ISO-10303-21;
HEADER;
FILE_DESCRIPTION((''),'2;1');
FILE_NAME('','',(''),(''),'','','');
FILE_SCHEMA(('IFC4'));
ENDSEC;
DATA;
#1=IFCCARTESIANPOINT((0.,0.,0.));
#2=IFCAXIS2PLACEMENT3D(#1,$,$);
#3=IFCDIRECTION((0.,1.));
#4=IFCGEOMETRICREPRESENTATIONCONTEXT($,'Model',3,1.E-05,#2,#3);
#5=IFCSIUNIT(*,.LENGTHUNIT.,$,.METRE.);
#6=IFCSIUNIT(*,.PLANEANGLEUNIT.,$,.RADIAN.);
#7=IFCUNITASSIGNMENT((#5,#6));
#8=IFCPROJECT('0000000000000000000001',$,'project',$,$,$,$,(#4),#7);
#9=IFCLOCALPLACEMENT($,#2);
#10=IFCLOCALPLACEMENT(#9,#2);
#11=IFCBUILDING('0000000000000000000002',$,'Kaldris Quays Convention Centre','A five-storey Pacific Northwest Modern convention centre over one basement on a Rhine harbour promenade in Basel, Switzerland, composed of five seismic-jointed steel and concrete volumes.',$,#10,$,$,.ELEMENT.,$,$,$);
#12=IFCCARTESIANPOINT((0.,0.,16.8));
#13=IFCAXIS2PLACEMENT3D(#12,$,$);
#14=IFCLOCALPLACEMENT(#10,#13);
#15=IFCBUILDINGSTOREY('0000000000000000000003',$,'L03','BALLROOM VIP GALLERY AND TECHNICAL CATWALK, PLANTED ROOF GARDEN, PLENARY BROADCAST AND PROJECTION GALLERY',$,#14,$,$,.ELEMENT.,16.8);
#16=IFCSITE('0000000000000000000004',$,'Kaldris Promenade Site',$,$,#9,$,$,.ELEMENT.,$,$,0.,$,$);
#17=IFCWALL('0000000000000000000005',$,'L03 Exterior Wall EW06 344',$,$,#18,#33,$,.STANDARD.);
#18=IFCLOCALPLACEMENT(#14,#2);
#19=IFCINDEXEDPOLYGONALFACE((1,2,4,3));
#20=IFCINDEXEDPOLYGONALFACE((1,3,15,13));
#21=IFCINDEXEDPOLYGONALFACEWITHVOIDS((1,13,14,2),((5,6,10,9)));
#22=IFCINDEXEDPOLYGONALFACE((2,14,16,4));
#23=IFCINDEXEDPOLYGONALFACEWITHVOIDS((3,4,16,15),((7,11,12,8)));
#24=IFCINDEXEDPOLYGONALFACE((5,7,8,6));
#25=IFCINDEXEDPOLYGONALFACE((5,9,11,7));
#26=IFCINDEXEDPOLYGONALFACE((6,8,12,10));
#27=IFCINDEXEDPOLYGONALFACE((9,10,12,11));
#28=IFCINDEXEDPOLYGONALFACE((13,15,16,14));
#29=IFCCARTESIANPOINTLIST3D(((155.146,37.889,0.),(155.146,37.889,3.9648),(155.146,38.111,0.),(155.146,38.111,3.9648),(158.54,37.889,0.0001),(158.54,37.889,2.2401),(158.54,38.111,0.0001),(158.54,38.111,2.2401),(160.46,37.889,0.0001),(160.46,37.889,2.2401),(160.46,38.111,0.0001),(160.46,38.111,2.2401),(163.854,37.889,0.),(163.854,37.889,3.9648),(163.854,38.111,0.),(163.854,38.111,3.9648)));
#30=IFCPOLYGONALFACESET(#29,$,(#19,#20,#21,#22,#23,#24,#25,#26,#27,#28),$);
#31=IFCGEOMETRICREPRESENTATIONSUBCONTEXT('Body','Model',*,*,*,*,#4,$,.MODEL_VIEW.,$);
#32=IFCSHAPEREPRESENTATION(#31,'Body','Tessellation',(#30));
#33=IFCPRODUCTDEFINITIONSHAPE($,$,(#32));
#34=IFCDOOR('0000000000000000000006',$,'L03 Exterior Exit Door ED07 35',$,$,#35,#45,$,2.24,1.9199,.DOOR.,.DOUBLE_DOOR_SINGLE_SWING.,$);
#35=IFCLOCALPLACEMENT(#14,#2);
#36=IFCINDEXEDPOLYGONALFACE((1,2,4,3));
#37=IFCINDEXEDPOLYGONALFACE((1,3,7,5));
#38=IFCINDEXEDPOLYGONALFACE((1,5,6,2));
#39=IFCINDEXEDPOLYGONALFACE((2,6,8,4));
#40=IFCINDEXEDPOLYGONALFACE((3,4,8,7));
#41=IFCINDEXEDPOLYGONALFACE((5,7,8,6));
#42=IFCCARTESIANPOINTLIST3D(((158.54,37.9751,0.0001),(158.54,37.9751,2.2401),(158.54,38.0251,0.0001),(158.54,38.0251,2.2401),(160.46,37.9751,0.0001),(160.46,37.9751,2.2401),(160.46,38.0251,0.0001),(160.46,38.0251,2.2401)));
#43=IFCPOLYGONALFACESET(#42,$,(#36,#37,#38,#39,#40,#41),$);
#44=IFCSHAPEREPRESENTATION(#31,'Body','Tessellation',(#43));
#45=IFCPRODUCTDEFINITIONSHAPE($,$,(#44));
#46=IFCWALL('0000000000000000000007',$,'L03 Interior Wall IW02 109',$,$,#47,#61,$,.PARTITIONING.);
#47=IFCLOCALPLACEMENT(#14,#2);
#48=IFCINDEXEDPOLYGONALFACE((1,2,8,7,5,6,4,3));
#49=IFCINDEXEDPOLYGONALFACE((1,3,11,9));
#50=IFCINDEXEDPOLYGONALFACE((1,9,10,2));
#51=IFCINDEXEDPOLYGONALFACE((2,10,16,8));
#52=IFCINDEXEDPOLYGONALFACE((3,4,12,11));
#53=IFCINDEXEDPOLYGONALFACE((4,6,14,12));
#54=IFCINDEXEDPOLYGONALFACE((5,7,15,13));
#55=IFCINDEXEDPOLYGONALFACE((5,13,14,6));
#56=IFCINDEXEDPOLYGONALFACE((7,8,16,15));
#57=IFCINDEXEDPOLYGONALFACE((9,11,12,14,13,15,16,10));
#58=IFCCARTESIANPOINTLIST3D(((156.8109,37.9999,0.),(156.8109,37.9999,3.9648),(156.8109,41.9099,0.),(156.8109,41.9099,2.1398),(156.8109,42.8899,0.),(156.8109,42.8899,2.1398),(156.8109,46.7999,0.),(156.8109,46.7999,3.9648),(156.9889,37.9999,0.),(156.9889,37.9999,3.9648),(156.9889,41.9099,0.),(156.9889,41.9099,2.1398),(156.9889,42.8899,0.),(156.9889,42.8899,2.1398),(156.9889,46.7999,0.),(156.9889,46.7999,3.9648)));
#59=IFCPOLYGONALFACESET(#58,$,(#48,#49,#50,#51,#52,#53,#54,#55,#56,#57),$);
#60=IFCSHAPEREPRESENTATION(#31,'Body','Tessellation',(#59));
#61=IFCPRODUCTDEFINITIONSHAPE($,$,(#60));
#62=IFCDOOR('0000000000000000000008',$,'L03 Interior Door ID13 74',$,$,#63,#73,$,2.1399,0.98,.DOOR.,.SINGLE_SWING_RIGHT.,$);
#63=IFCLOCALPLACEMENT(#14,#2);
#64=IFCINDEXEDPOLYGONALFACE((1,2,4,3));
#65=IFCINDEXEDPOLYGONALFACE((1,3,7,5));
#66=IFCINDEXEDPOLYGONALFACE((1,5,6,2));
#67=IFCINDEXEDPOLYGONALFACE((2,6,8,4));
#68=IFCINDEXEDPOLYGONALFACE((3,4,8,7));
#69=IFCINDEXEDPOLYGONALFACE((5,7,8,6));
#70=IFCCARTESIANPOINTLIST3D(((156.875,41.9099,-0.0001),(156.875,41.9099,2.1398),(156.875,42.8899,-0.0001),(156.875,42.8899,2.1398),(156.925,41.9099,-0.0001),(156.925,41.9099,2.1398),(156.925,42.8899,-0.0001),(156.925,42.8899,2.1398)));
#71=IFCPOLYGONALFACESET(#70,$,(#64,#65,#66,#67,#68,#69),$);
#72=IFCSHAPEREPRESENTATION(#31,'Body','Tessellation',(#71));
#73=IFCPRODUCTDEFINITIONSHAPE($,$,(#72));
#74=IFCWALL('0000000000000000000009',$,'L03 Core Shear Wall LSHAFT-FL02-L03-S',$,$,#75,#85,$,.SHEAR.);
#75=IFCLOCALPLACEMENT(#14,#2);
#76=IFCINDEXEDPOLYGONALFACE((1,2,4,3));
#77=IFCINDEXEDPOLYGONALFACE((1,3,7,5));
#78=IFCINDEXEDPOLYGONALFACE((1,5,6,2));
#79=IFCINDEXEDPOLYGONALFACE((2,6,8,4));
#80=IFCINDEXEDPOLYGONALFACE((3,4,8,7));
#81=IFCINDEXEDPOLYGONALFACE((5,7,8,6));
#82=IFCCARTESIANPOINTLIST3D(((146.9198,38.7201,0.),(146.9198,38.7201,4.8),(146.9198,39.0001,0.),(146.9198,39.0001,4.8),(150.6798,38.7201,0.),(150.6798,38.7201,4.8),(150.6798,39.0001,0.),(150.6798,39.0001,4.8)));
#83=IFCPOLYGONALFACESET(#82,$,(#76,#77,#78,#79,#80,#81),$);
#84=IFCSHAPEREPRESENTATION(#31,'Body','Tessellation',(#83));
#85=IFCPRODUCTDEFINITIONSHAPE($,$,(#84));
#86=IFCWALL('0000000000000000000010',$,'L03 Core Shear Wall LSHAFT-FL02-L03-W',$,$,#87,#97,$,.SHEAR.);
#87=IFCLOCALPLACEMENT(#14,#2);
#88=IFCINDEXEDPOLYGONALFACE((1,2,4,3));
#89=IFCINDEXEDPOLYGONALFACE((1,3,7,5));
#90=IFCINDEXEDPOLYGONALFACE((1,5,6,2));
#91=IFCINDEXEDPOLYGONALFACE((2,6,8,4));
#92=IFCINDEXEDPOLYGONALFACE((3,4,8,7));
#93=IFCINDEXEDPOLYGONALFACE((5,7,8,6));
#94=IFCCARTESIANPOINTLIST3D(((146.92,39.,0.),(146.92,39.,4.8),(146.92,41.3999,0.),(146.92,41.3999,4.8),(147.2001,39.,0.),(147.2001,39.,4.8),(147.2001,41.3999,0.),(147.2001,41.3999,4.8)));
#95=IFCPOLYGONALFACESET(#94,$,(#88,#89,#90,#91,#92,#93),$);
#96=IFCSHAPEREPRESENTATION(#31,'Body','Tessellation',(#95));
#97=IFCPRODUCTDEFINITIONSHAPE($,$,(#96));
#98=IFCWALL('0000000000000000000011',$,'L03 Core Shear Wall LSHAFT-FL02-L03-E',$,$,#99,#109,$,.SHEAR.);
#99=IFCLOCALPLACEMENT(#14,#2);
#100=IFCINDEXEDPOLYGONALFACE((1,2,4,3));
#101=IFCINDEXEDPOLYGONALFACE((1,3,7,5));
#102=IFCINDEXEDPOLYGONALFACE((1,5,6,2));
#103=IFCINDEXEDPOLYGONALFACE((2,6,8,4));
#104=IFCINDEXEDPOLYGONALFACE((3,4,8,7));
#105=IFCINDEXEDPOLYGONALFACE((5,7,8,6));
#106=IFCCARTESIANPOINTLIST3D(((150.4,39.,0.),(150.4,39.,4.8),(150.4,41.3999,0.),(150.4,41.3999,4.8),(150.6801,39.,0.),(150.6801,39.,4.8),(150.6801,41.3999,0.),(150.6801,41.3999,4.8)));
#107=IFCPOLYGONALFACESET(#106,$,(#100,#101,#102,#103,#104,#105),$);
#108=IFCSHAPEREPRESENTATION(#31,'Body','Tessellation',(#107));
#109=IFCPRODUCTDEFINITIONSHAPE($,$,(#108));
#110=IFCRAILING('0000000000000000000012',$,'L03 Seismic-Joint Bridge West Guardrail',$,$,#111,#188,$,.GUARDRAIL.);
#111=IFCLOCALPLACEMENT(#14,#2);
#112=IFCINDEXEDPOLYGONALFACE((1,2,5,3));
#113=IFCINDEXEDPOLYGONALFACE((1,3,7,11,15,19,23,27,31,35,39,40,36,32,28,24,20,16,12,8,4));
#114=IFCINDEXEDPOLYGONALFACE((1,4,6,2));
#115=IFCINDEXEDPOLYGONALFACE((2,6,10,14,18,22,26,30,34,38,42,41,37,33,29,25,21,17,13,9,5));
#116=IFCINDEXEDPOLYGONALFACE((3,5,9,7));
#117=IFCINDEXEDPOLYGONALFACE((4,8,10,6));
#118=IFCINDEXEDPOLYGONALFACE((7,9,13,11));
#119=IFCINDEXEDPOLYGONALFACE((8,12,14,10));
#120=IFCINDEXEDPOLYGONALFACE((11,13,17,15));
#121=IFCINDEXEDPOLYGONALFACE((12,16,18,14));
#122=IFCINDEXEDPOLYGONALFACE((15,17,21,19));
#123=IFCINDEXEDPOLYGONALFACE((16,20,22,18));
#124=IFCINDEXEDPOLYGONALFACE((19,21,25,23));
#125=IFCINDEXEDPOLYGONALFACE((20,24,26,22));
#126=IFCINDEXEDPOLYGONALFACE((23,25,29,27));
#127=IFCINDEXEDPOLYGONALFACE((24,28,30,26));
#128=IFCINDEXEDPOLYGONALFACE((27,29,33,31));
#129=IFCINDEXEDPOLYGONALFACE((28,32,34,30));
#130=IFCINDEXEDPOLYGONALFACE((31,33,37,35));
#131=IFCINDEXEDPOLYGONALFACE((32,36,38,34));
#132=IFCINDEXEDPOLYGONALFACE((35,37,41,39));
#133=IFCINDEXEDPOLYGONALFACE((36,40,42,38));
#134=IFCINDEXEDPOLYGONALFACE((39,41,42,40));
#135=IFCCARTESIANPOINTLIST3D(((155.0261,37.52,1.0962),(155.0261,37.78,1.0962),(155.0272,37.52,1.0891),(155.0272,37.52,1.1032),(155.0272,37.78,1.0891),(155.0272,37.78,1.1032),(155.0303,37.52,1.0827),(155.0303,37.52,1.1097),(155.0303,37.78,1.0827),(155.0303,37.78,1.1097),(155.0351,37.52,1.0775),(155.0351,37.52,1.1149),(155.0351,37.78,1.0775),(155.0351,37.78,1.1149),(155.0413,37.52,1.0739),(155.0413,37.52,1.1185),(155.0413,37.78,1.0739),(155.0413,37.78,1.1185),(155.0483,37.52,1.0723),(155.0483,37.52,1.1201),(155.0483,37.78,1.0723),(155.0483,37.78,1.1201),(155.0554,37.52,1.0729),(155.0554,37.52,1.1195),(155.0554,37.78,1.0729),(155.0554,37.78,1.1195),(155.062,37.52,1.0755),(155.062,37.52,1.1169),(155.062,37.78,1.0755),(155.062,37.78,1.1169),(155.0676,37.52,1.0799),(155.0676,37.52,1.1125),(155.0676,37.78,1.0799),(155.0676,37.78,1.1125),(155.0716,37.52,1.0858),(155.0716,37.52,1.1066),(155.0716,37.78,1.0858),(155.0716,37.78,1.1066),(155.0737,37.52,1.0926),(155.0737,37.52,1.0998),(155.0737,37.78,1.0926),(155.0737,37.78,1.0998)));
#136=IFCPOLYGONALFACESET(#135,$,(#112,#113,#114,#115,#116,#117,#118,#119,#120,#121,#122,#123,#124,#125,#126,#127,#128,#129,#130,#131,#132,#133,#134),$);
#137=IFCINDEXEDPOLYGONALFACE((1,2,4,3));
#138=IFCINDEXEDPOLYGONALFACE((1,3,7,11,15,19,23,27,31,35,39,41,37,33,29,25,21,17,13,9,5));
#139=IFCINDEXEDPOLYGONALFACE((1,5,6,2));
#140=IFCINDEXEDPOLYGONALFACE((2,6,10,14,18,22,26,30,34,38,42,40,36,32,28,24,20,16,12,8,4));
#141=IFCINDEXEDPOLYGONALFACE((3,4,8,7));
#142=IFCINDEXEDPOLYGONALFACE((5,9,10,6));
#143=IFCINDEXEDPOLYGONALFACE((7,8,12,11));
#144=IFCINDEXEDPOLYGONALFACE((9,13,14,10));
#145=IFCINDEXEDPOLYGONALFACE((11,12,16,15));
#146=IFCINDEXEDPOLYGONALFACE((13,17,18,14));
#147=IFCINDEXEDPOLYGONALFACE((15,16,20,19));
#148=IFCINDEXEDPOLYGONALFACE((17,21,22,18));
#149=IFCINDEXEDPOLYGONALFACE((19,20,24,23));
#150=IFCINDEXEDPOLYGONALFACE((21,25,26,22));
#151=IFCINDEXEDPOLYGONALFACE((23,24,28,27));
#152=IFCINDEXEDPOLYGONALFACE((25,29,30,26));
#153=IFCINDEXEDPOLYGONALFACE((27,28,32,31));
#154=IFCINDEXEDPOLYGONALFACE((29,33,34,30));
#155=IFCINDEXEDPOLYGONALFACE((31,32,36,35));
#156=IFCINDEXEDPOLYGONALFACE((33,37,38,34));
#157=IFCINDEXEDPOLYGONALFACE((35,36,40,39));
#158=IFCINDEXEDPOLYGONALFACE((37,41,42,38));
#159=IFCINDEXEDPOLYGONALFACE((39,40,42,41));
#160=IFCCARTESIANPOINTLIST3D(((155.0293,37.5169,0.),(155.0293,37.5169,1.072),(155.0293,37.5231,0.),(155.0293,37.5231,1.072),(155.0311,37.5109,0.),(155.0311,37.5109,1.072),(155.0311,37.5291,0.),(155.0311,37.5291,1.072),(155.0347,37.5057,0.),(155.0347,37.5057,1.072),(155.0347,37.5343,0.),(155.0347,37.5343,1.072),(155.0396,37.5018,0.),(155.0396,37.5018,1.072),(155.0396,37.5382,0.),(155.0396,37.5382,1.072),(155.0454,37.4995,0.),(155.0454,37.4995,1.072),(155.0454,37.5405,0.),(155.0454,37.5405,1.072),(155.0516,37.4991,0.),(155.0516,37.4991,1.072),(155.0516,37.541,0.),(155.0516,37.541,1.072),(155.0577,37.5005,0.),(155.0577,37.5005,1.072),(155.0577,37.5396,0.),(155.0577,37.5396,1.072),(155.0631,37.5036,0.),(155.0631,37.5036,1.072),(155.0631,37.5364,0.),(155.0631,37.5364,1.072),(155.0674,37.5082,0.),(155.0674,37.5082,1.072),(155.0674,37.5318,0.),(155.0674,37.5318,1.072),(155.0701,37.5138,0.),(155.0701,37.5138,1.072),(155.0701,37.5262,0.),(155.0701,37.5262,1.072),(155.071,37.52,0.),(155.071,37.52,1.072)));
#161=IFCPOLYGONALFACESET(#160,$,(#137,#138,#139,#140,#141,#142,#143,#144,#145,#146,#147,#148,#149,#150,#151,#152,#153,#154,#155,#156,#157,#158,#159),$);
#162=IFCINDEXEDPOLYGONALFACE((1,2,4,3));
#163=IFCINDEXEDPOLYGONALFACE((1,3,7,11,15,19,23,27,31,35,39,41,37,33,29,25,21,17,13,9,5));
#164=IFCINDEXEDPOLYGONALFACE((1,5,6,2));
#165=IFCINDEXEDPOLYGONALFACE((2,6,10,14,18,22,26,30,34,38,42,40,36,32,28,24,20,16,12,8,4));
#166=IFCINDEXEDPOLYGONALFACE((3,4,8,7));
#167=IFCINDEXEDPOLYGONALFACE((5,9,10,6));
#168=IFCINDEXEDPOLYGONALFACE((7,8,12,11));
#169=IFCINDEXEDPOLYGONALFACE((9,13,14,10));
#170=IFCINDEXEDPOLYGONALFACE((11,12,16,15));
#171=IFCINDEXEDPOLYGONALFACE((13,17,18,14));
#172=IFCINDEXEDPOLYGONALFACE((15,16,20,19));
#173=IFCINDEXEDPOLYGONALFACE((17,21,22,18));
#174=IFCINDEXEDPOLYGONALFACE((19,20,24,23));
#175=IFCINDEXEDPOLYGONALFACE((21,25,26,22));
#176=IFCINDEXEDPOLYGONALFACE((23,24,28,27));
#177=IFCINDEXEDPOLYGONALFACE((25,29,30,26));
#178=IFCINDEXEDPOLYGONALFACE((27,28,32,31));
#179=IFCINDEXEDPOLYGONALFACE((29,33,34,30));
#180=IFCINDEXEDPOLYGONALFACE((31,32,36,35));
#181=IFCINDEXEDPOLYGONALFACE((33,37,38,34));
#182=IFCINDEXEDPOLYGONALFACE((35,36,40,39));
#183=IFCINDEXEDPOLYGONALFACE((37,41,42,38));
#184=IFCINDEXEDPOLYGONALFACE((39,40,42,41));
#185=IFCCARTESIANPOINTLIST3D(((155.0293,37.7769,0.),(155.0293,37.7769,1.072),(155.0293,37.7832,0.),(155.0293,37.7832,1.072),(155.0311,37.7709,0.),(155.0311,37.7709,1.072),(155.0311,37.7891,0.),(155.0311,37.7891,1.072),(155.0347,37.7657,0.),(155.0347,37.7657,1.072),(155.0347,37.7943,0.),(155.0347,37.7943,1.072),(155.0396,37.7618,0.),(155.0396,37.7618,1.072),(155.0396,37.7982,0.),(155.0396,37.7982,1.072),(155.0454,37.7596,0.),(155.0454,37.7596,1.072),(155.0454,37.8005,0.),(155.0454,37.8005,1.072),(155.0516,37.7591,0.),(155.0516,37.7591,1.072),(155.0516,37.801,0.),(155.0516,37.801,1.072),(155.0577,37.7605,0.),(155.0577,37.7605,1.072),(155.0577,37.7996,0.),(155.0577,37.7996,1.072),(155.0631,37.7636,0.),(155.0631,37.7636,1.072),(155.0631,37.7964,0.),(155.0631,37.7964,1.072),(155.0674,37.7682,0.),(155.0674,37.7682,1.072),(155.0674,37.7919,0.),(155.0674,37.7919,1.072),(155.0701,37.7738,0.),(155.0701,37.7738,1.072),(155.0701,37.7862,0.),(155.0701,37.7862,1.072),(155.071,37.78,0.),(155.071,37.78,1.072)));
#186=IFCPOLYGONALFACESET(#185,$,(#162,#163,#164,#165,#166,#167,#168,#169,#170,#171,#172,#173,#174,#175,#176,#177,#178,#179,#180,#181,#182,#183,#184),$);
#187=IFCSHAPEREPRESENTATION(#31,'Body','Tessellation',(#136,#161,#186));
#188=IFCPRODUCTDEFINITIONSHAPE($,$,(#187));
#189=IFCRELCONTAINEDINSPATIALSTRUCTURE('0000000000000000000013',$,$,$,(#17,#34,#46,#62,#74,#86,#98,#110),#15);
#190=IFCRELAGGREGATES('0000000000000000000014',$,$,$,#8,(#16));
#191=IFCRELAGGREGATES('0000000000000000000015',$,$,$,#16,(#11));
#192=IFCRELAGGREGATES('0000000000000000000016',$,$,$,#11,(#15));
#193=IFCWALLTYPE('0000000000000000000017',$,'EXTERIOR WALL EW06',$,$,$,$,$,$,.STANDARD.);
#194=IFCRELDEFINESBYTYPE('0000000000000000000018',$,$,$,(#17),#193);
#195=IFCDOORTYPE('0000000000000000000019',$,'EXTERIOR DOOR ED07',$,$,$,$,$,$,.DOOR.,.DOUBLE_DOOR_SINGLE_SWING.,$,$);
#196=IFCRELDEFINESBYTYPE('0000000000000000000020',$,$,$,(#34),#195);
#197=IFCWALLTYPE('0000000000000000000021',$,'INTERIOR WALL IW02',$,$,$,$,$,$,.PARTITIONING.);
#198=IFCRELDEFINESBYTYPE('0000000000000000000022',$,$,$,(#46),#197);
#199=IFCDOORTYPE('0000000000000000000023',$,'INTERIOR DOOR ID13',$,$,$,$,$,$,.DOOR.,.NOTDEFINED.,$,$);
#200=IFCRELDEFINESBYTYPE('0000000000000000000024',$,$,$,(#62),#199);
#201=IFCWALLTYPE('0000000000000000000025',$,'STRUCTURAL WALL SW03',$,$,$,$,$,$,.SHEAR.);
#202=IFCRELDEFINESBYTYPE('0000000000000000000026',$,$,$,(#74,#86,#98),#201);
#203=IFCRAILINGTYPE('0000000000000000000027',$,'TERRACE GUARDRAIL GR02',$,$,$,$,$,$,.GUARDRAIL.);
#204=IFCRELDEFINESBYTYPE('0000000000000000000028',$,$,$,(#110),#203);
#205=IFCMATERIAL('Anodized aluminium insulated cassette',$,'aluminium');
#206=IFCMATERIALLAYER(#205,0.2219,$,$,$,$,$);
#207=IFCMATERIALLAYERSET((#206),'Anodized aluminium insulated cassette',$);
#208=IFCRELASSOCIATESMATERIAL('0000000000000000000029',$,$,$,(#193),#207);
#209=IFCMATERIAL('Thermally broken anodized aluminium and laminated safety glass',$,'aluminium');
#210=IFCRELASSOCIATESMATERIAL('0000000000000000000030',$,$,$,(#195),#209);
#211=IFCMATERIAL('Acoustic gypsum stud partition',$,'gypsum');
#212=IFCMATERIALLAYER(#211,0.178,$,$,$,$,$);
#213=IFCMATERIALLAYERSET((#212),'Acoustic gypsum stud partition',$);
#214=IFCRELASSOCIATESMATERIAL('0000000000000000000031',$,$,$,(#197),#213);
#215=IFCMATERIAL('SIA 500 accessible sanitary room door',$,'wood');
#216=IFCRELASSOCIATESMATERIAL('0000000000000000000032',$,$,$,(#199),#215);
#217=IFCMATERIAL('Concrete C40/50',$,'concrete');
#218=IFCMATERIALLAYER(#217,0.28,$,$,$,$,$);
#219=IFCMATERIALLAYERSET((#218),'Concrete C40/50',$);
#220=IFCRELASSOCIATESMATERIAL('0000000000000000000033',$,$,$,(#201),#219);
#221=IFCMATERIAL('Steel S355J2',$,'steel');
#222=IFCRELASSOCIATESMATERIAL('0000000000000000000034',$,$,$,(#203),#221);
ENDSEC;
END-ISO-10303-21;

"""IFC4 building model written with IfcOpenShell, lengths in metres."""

from ifc_helpers import new_model, si_unit, direction, frame, frame_2d, origin, origin_2d, place, context, subcontext, project, spatial, rectangle, circle, extrude, material, layer, layer_set, type_object, element, fill, save


model = new_model("IFC4")

# Units and contexts
model_context = context("Model", 3, precision=1e-05, world=origin(), true_north=direction((0.0, 1.0)))
body_context = subcontext(model_context, "Body", "Model", "MODEL_VIEW")
ifc_project = project(units=[si_unit("LENGTHUNIT", "METRE"), si_unit("PLANEANGLEUNIT", "RADIAN")], contexts=[model_context])

# Site, building, storey
site_placement = place(None, origin())
site = spatial("IfcSite", under=ifc_project, at=site_placement, Name="Kaldris Promenade Site", CompositionType="ELEMENT", RefElevation=0.0)
building_placement = place(site_placement, origin())
building = spatial("IfcBuilding", under=site, at=building_placement, Name="Kaldris Quays Convention Centre", Description="A five-storey Pacific Northwest Modern convention centre over one basement on a Rhine harbour promenade in Basel, Switzerland, composed of five seismic-jointed steel and concrete volumes.", CompositionType="ELEMENT")
storey_placement = place(building_placement, frame((0.0, 0.0, 16.8)))
storey = spatial("IfcBuildingStorey", under=building, at=storey_placement, Name="L03", Description="BALLROOM VIP GALLERY AND TECHNICAL CATWALK, PLANTED ROOF GARDEN, PLENARY BROADCAST AND PROJECTION GALLERY", CompositionType="ELEMENT", Elevation=16.8)

# Shared definitions
ifc_material_1 = material(Name="Steel S355J2", Category="steel")

# Shared definitions
ifc_material_2 = material(Name="Anodized aluminium insulated cassette", Category="aluminium")
ifc_layer_1 = layer(ifc_material_2, 0.2219)
ifc_layer_set_1 = layer_set([ifc_layer_1], Name="Anodized aluminium insulated cassette")
wall_type_1 = type_object("IfcWallType", Name="EXTERIOR WALL EW06", PredefinedType="STANDARD", material=ifc_layer_set_1)

# Walls, openings, doors
wall_1_placement = place(storey_placement, frame((155.146, 38.0, 0.0), z_axis=(0.0, 0.0, 1.0), x_axis=(1.0, 0.0, 0.0)))
wall_1 = element("IfcWall", 1, at=wall_1_placement, inside=storey, type_object=wall_type_1, Name="L03 Exterior Wall EW06 344", PredefinedType="STANDARD", context=body_context, shape_type="SweptSolid", body=[
    extrude(rectangle(XDim=8.708, YDim=0.2219, at=frame_2d((4.354, 0.0))), origin(), (0.0, 0.0, 1.0), 3.9648),
])
opening_1_placement = place(wall_1_placement, frame((3.394, 0.0, 0.0)))
opening_1 = element("IfcOpeningElement", 2, at=opening_1_placement, cuts=wall_1, PredefinedType="OPENING", context=body_context, shape_type="SweptSolid", body=[
    extrude(rectangle(XDim=1.9199, YDim=2.24, at=frame_2d((0.96, 1.1201))), frame((0.0, 0.1211, 0.0), z_axis=(0.0, -1.0, 0.0), x_axis=(1.0, 0.0, 0.0)), (0.0, 0.0, 1.0), 0.2419),
])
ifc_material_3 = material(Name="Thermally broken anodized aluminium and laminated safety glass", Category="aluminium")
door_type_1 = type_object("IfcDoorType", Name="EXTERIOR DOOR ED07", OperationType="DOUBLE_DOOR_SINGLE_SWING", PredefinedType="DOOR", material=ifc_material_3)
door_1_placement = place(opening_1_placement, frame((1.9199, 0.0, 0.0), z_axis=(0.0, 0.0, 1.0), x_axis=(-1.0, 0.0, 0.0)))
door_1 = element("IfcDoor", 3, at=door_1_placement, inside=storey, type_object=door_type_1, Name="L03 Exterior Exit Door ED07 35", OperationType="DOUBLE_DOOR_SINGLE_SWING", OverallHeight=2.24, OverallWidth=1.9199, PredefinedType="DOOR", context=body_context, shape_type="SweptSolid", body=[
    extrude(rectangle(XDim=1.9199, YDim=2.24, at=frame_2d((0.96, 1.1201))), frame((0.0, 0.0249, 0.0), z_axis=(0.0, -1.0, 0.0), x_axis=(1.0, 0.0, 0.0)), (0.0, 0.0, 1.0), 0.05),
])
fill(opening_1, door_1)
ifc_material_4 = material(Name="Acoustic gypsum stud partition", Category="gypsum")
ifc_layer_2 = layer(ifc_material_4, 0.178)
ifc_layer_set_2 = layer_set([ifc_layer_2], Name="Acoustic gypsum stud partition")
wall_type_2 = type_object("IfcWallType", Name="INTERIOR WALL IW02", PredefinedType="PARTITIONING", material=ifc_layer_set_2)
wall_2_placement = place(storey_placement, frame((156.8999, 38.0, 0.0), z_axis=(0.0, 0.0, 1.0), x_axis=(0.0, 1.0, 0.0)))
wall_2 = element("IfcWall", 4, at=wall_2_placement, inside=storey, type_object=wall_type_2, Name="L03 Interior Wall IW02 109", PredefinedType="PARTITIONING", context=body_context, shape_type="SweptSolid", body=[
    extrude(rectangle(XDim=8.8, YDim=0.178, at=frame_2d((4.3999, 0.0))), origin(), (0.0, 0.0, 1.0), 3.9648),
])
opening_2_placement = place(wall_2_placement, frame((3.9099, 0.0, 0.0)))
opening_2 = element("IfcOpeningElement", 5, at=opening_2_placement, cuts=wall_2, PredefinedType="OPENING", context=body_context, shape_type="SweptSolid", body=[
    extrude(rectangle(XDim=0.98, YDim=2.1399, at=frame_2d((0.49, 1.0698))), frame((0.0, 0.0991, 0.0), z_axis=(0.0, -1.0, 0.0), x_axis=(1.0, 0.0, 0.0)), (0.0, 0.0, 1.0), 0.198),
])
ifc_material_5 = material(Name="SIA 500 accessible sanitary room door", Category="wood")
door_type_2 = type_object("IfcDoorType", Name="INTERIOR DOOR ID13", OperationType="NOTDEFINED", PredefinedType="DOOR", material=ifc_material_5)
door_2_placement = place(opening_2_placement, origin())
door_2 = element("IfcDoor", 6, at=door_2_placement, inside=storey, type_object=door_type_2, Name="L03 Interior Door ID13 74", OperationType="SINGLE_SWING_RIGHT", OverallHeight=2.1399, OverallWidth=0.98, PredefinedType="DOOR", context=body_context, shape_type="SweptSolid", body=[
    extrude(rectangle(XDim=0.98, YDim=2.1399, at=frame_2d((0.49, 1.0698))), frame((0.0, 0.0249, 0.0), z_axis=(0.0, -1.0, 0.0), x_axis=(1.0, 0.0, 0.0)), (0.0, 0.0, 1.0), 0.05),
])
fill(opening_2, door_2)

# Walls
ifc_material_6 = material(Name="Concrete C40/50", Category="concrete")
ifc_layer_3 = layer(ifc_material_6, 0.28)
ifc_layer_set_3 = layer_set([ifc_layer_3], Name="Concrete C40/50")
wall_type_3 = type_object("IfcWallType", Name="STRUCTURAL WALL SW03", PredefinedType="SHEAR", material=ifc_layer_set_3)
wall_3_placement = place(storey_placement, frame((146.9199, 38.8601, 0.0), z_axis=(0.0, 0.0, 1.0), x_axis=(1.0, 0.0, 0.0)))
element("IfcWall", 7, at=wall_3_placement, inside=storey, type_object=wall_type_3, Name="L03 Core Shear Wall LSHAFT-FL02-L03-S", PredefinedType="SHEAR", context=body_context, shape_type="SweptSolid", body=[
    extrude(rectangle(XDim=3.76, YDim=0.28, at=frame_2d((1.8799, 0.0))), origin(), (0.0, 0.0, 1.0), 4.8),
])
for number, where, z_axis, x_axis, name in (
    (8, (147.0601, 39.0, 0.0), (0.0, 0.0, 1.0), (0.0, 1.0, 0.0), "L03 Core Shear Wall LSHAFT-FL02-L03-W"),
    (9, (150.54, 39.0, 0.0), (0.0, 0.0, 1.0), (0.0, 1.0, 0.0), "L03 Core Shear Wall LSHAFT-FL02-L03-E"),
):
    element("IfcWall", number, at=place(storey_placement, frame(where, z_axis=z_axis, x_axis=x_axis)), inside=storey, type_object=wall_type_3, Name=name, PredefinedType="SHEAR", context=body_context, shape_type="SweptSolid", body=[
        extrude(rectangle(XDim=2.3999, YDim=0.28, at=frame_2d((1.2, 0.0))), origin(), (0.0, 0.0, 1.0), 4.8),
    ])

# Railing
railing_type_1 = type_object("IfcRailingType", Name="TERRACE GUARDRAIL GR02", PredefinedType="GUARDRAIL", material=ifc_material_1)
for number, where, name in (
    (10, (155.05, 37.52, 0.0), "L03 Seismic-Joint Bridge West Guardrail"),
):
    element("IfcRailing", number, at=place(storey_placement, frame(where)), inside=storey, type_object=railing_type_1, Name=name, PredefinedType="GUARDRAIL", context=body_context, shape_type="SweptSolid", body=[
        extrude(circle(Radius=0.0239, at=origin_2d()), frame((0.0, 0.0, 1.0962), z_axis=(0.0, 1.0, 0.0), x_axis=(-1.0, 0.0, 0.0)), (0.0, 0.0, 1.0), 0.26),
        extrude(circle(Radius=0.021, at=origin_2d()), origin(), (0.0, 0.0, 1.0), 1.072),
        extrude(circle(Radius=0.021, at=origin_2d()), frame((0.0, 0.26, 0.0)), (0.0, 0.0, 1.0), 1.072),
    ])

save(model, "model.ifc")
